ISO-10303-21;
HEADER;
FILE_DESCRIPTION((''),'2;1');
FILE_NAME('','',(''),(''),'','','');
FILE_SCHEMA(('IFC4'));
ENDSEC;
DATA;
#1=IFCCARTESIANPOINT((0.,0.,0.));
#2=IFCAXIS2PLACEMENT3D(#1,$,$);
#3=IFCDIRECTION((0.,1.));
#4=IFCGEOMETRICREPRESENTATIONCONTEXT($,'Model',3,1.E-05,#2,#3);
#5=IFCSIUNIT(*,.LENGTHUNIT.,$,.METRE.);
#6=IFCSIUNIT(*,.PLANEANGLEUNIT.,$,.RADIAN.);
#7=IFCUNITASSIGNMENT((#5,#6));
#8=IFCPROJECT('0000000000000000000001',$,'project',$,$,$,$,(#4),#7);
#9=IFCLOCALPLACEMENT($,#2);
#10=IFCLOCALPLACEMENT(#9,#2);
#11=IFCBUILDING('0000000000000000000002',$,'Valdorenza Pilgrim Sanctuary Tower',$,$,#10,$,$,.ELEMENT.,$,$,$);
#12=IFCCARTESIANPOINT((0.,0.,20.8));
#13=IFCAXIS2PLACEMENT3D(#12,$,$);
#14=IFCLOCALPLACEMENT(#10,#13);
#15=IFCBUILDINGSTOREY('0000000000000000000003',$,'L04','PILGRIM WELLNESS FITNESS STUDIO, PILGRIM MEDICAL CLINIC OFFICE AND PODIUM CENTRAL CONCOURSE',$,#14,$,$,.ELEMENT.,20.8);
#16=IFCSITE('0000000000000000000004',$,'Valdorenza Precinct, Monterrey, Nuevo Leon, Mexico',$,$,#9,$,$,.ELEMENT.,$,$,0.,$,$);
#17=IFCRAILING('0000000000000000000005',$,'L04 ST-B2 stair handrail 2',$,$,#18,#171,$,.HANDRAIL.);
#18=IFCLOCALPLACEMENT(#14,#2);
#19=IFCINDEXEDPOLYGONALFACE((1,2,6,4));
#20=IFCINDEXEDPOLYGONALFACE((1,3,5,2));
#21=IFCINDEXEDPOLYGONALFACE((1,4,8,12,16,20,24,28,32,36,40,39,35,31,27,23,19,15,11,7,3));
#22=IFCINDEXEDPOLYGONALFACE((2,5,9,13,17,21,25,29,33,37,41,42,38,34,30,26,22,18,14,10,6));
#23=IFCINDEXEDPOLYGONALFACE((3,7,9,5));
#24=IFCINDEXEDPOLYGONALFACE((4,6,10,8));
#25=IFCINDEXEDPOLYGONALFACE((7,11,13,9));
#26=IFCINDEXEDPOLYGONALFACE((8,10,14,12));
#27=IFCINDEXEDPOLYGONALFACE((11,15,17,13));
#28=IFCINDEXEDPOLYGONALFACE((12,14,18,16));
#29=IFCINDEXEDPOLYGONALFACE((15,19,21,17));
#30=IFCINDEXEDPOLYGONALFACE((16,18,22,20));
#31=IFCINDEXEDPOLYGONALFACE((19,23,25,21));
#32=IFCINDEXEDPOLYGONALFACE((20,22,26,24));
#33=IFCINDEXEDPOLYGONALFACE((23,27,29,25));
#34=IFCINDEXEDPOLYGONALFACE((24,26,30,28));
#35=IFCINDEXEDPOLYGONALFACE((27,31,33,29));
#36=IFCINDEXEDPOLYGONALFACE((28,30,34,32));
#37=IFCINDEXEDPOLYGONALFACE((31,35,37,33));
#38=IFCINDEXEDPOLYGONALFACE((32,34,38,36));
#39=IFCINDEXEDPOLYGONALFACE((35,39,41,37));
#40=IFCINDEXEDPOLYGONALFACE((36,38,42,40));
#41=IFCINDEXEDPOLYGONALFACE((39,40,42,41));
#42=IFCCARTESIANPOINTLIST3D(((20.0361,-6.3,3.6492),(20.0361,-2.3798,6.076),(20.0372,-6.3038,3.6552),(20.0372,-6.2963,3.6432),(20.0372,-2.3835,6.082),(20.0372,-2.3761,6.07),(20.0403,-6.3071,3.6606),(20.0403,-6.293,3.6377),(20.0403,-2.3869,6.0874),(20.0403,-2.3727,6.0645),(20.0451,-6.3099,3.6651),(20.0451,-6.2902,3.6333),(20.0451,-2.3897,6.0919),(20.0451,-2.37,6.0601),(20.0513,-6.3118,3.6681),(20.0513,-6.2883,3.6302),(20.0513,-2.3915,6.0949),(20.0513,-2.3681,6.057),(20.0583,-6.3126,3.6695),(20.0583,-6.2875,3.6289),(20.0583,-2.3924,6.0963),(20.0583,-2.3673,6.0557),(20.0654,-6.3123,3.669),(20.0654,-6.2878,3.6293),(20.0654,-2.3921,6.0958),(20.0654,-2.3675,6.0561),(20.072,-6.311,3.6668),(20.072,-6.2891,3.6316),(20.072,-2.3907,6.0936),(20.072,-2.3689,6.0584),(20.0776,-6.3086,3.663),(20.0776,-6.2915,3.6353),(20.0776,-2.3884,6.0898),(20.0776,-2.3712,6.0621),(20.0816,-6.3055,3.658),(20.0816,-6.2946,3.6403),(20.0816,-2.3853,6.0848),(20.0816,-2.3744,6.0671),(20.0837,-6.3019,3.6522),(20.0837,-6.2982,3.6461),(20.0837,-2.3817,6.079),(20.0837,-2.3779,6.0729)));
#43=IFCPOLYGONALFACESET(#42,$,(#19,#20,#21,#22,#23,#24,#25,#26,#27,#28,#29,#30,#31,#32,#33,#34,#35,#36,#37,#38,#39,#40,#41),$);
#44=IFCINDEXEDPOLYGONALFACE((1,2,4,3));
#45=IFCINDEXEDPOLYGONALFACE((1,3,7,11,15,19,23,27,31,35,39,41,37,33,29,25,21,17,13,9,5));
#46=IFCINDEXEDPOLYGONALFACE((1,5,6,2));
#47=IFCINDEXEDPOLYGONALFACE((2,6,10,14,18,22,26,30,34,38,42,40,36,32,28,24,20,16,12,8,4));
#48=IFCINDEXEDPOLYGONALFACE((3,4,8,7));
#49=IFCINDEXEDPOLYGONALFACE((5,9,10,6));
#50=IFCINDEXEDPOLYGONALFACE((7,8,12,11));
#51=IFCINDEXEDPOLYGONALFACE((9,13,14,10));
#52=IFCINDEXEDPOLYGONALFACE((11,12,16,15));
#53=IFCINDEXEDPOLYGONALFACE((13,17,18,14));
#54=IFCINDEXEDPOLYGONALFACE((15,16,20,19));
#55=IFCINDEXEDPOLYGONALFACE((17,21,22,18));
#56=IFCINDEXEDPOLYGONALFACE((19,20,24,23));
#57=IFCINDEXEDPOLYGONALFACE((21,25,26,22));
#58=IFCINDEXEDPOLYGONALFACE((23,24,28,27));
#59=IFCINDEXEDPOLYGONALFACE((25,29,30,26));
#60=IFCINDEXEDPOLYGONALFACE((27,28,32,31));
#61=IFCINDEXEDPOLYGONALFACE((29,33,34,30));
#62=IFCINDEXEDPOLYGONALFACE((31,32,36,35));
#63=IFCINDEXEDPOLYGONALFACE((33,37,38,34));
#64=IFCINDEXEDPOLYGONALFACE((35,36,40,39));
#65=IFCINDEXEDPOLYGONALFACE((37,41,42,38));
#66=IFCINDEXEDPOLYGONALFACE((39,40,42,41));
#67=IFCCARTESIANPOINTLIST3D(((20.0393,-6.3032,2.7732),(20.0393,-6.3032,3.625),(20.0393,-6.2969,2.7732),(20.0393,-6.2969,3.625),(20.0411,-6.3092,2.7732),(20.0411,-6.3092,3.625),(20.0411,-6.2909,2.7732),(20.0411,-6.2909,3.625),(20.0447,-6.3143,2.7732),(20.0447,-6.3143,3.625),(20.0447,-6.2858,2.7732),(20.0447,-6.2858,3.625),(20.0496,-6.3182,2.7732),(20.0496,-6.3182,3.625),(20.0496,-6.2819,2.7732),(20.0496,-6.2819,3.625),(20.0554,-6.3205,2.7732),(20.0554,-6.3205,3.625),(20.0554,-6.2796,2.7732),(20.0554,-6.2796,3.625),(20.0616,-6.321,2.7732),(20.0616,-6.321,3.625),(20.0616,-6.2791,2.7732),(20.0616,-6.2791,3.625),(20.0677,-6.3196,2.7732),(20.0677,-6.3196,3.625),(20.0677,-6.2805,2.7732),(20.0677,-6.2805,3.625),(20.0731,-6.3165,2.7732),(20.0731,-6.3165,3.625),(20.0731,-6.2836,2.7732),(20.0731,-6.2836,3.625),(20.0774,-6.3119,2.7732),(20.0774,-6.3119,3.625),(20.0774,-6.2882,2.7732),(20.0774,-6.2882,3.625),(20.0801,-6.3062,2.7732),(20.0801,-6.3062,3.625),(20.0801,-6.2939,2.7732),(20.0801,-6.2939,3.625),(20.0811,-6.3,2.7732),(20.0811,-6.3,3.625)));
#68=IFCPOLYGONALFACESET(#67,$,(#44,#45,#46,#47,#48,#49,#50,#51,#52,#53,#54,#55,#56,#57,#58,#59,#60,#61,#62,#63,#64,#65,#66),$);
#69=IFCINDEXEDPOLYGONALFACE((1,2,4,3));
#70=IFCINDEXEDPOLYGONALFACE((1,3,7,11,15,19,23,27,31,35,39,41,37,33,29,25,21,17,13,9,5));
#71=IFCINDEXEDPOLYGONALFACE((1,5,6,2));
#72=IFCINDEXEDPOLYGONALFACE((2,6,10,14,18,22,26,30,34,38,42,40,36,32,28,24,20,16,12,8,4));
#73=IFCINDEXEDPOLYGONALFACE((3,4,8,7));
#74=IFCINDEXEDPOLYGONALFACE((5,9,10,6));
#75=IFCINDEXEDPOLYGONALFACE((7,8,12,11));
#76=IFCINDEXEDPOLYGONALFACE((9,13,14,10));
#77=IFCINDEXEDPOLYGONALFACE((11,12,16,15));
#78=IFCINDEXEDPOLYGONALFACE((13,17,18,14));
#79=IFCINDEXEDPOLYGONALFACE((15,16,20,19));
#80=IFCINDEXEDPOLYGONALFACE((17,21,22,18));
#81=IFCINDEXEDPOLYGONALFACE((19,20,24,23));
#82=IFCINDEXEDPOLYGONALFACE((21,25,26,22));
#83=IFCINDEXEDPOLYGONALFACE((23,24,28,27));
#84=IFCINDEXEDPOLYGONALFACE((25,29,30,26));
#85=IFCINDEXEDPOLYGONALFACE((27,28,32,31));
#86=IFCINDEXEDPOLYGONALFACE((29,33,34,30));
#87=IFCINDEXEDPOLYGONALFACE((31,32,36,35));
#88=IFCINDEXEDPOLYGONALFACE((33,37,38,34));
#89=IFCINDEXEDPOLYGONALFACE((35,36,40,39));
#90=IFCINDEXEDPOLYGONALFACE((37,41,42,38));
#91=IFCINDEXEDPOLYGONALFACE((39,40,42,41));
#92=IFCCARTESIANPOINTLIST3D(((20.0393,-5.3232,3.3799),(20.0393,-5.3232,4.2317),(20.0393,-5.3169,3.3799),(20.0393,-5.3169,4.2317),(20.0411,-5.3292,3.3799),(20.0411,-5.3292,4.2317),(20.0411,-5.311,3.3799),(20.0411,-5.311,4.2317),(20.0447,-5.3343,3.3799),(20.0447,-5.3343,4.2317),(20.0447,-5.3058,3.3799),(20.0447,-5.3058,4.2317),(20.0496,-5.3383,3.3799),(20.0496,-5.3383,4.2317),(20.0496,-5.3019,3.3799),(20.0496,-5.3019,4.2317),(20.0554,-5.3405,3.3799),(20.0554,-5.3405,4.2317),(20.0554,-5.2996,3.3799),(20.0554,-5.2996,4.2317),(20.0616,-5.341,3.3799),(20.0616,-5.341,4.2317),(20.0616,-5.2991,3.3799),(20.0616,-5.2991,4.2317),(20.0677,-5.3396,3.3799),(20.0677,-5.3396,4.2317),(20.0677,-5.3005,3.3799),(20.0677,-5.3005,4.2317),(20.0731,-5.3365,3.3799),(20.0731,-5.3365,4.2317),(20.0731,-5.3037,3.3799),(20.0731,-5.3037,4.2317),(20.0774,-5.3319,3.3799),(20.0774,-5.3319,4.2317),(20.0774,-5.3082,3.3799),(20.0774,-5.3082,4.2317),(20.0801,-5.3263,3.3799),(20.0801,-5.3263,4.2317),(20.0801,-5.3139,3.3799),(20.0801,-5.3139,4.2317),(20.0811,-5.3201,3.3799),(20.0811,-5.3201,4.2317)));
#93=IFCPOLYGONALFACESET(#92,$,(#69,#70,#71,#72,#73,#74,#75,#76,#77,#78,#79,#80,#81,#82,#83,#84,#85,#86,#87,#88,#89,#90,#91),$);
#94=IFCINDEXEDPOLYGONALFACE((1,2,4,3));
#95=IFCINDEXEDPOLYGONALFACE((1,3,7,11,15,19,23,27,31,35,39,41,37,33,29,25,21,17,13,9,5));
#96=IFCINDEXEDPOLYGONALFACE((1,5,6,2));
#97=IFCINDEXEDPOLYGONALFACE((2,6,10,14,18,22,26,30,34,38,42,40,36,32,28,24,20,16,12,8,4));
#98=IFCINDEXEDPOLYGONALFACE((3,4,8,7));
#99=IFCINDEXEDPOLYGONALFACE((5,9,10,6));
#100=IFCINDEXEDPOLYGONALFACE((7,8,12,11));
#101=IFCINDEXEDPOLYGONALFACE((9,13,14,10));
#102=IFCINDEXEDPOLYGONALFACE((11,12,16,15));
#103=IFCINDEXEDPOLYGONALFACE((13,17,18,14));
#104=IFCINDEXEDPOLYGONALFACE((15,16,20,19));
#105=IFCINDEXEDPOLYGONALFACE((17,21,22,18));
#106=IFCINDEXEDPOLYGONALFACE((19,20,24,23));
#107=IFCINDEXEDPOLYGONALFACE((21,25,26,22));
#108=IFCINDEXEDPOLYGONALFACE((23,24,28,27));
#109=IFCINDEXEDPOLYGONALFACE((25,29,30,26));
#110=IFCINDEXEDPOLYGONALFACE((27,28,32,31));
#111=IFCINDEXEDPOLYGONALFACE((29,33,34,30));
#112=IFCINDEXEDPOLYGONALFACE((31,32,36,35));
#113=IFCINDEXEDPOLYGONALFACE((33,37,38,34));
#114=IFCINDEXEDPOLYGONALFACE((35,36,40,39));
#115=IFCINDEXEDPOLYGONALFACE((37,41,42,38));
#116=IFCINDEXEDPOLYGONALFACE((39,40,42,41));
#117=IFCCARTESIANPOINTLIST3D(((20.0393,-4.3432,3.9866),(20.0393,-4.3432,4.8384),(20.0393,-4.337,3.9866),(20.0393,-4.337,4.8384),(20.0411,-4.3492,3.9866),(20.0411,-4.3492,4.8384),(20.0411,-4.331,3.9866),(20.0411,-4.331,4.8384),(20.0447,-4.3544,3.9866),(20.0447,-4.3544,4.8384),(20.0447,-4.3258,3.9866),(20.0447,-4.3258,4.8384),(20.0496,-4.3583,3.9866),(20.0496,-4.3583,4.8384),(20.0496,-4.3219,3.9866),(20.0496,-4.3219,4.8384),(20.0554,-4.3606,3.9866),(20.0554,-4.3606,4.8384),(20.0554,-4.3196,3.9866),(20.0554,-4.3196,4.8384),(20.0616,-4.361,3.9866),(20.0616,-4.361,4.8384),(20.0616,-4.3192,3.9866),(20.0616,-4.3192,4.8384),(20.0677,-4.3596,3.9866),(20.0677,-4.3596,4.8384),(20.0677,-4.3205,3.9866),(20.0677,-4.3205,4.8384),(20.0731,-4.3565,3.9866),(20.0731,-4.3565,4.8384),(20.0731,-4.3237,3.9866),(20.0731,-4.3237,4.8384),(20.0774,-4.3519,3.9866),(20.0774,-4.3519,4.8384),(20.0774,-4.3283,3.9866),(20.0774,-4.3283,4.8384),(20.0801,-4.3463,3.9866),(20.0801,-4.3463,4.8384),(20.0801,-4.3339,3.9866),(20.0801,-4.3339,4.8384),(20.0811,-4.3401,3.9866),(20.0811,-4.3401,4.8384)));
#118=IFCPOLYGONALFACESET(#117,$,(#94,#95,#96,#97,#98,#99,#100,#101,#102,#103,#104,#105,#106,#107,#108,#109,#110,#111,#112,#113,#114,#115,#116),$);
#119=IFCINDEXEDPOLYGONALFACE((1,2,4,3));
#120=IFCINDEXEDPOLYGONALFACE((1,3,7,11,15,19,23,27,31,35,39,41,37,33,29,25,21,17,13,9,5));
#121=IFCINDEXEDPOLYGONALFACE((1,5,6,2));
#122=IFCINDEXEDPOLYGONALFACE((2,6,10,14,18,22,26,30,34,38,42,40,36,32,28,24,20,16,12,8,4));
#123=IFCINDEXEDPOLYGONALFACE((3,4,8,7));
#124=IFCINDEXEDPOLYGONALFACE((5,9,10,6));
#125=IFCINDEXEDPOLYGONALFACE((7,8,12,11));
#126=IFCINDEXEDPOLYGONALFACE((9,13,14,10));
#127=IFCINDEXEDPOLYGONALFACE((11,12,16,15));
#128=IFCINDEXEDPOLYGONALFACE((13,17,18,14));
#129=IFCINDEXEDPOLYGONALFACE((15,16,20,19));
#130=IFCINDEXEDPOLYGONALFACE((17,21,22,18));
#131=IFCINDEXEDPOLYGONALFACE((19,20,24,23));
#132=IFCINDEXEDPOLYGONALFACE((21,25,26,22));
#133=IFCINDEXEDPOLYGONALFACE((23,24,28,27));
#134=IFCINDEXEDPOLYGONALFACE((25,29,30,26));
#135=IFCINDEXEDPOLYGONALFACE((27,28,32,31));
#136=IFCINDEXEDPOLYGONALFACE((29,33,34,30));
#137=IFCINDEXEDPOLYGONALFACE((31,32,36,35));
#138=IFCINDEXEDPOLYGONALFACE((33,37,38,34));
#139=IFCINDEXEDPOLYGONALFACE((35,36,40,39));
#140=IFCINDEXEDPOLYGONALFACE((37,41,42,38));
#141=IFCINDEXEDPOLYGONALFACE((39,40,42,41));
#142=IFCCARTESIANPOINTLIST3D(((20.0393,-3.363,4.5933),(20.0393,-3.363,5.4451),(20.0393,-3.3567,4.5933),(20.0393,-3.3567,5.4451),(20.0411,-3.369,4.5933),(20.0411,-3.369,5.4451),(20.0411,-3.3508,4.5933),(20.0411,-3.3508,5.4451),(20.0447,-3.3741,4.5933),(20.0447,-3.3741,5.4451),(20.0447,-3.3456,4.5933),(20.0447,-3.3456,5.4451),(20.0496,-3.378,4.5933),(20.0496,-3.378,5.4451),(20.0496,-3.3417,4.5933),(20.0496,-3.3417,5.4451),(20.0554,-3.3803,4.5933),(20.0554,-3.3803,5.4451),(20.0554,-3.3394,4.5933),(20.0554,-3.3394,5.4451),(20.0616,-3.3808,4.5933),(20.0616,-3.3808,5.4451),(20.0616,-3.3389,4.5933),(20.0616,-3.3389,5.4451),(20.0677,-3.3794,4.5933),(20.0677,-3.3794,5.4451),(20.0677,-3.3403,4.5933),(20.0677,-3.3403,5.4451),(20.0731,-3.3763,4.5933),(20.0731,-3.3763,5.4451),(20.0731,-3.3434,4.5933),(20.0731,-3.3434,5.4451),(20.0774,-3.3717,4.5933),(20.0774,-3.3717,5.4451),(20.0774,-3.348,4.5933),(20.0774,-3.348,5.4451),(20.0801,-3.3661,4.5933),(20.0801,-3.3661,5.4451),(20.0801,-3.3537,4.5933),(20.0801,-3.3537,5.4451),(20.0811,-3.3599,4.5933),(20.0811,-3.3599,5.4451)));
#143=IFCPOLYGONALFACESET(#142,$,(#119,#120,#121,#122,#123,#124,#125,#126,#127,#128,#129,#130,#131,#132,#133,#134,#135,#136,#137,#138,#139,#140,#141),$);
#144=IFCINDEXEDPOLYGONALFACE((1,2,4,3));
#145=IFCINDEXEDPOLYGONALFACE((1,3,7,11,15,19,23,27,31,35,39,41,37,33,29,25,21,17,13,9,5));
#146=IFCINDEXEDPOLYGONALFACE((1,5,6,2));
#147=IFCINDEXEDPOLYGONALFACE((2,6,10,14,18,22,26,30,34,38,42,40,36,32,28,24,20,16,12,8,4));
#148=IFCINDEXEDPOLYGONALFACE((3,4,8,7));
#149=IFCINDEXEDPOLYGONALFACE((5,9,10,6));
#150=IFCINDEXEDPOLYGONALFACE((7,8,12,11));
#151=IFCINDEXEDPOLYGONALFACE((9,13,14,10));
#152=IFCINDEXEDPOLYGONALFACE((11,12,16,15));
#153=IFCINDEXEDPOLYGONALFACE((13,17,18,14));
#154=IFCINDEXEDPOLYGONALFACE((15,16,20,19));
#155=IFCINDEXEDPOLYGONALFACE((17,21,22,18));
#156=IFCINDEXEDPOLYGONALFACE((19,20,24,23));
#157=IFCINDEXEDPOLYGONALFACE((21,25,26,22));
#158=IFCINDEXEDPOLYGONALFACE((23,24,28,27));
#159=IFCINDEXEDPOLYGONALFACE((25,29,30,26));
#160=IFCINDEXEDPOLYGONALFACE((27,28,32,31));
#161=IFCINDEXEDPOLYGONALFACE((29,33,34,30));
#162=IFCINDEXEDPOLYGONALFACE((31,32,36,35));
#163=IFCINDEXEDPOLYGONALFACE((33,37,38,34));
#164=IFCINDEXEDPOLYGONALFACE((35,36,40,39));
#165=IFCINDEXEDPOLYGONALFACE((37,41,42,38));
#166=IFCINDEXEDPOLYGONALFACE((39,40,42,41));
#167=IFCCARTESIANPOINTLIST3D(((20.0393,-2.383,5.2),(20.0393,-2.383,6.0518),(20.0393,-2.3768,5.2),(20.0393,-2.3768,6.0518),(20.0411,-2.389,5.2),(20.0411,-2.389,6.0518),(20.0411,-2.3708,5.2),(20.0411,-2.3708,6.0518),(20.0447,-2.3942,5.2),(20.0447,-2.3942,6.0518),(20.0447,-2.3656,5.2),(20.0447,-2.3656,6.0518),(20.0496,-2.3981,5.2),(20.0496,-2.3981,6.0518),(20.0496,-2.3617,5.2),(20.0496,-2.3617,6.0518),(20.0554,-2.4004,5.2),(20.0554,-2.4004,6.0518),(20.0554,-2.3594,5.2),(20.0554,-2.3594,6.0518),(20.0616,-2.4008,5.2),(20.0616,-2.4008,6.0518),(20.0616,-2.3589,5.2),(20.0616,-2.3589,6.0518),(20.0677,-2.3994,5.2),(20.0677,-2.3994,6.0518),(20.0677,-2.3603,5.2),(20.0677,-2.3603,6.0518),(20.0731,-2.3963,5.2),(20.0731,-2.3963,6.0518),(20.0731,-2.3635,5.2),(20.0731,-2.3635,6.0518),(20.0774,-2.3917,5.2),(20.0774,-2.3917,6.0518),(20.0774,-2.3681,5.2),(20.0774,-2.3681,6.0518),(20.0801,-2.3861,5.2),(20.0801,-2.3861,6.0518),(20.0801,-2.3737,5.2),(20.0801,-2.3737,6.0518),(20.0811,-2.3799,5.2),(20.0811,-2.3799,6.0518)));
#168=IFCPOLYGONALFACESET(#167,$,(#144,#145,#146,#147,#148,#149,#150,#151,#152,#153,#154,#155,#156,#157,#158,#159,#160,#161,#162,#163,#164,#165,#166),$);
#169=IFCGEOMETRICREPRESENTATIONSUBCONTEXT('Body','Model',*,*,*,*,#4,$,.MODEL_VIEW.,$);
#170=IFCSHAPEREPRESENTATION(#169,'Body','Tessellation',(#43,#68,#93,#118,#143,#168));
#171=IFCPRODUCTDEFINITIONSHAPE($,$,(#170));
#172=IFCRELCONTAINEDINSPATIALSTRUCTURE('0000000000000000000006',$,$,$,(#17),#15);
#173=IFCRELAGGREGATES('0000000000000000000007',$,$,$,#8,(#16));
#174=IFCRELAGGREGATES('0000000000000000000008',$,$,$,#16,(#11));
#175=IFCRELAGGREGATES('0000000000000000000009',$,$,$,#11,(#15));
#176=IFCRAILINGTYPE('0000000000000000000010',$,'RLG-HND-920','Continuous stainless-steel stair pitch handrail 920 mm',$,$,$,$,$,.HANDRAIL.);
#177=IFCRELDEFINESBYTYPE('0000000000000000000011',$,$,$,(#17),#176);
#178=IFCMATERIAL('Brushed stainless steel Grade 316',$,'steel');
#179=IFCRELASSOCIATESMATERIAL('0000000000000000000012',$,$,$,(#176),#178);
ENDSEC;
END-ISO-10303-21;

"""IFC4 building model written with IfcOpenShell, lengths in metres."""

from ifc_helpers import new_model, si_unit, direction, frame, origin, origin_2d, place, context, subcontext, project, spatial, circle, extrude, material, type_object, element, save


model = new_model("IFC4")

# Units and contexts
model_context = context("Model", 3, precision=1e-05, world=origin(), true_north=direction((0.0, 1.0)))
body_context = subcontext(model_context, "Body", "Model", "MODEL_VIEW")
ifc_project = project(units=[si_unit("LENGTHUNIT", "METRE"), si_unit("PLANEANGLEUNIT", "RADIAN")], contexts=[model_context])

# Site, building, storey
site_placement = place(None, origin())
site = spatial("IfcSite", under=ifc_project, at=site_placement, Name="Valdorenza Precinct, Monterrey, Nuevo Leon, Mexico", CompositionType="ELEMENT", RefElevation=0.0)
building_placement = place(site_placement, origin())
building = spatial("IfcBuilding", under=site, at=building_placement, Name="Valdorenza Pilgrim Sanctuary Tower", CompositionType="ELEMENT")
storey_placement = place(building_placement, frame((0.0, 0.0, 20.8)))
storey = spatial("IfcBuildingStorey", under=building, at=storey_placement, Name="L04", Description="PILGRIM WELLNESS FITNESS STUDIO, PILGRIM MEDICAL CLINIC OFFICE AND PODIUM CENTRAL CONCOURSE", CompositionType="ELEMENT", Elevation=20.8)

# Shared definitions
ifc_material_1 = material(Name="Brushed stainless steel Grade 316", Category="steel")

# Railing
railing_type_1 = type_object("IfcRailingType", Name="RLG-HND-920", Description="Continuous stainless-steel stair pitch handrail 920 mm", PredefinedType="HANDRAIL", material=ifc_material_1)
railing_1_placement = place(storey_placement, frame((20.0601, -6.3, 2.7732)))
element("IfcRailing", 1, at=railing_1_placement, inside=storey, type_object=railing_type_1, Name="L04 ST-B2 stair handrail 2", PredefinedType="HANDRAIL", context=body_context, shape_type="SweptSolid", body=[
    extrude(circle(Radius=0.0239, at=origin_2d()), frame((0.0, 0.0, 0.876), z_axis=(0.0, 0.850266, 0.526353), x_axis=(-1.0, 0.0, 0.0)), (0.0, 0.0, 1.0), 4.6106),
    extrude(circle(Radius=0.021, at=origin_2d()), origin(), (0.0, 0.0, 1.0), 0.8518),
    extrude(circle(Radius=0.021, at=origin_2d()), frame((0.0, 0.98, 0.6067)), (0.0, 0.0, 1.0), 0.8518),
    extrude(circle(Radius=0.021, at=origin_2d()), frame((0.0, 1.96, 1.2134)), (0.0, 0.0, 1.0), 0.8518),
    extrude(circle(Radius=0.021, at=origin_2d()), frame((0.0, 2.9402, 1.8201)), (0.0, 0.0, 1.0), 0.8518),
    extrude(circle(Radius=0.021, at=origin_2d()), frame((0.0, 3.9202, 2.4268)), (0.0, 0.0, 1.0), 0.8518),
])

save(model, "model.ifc")
